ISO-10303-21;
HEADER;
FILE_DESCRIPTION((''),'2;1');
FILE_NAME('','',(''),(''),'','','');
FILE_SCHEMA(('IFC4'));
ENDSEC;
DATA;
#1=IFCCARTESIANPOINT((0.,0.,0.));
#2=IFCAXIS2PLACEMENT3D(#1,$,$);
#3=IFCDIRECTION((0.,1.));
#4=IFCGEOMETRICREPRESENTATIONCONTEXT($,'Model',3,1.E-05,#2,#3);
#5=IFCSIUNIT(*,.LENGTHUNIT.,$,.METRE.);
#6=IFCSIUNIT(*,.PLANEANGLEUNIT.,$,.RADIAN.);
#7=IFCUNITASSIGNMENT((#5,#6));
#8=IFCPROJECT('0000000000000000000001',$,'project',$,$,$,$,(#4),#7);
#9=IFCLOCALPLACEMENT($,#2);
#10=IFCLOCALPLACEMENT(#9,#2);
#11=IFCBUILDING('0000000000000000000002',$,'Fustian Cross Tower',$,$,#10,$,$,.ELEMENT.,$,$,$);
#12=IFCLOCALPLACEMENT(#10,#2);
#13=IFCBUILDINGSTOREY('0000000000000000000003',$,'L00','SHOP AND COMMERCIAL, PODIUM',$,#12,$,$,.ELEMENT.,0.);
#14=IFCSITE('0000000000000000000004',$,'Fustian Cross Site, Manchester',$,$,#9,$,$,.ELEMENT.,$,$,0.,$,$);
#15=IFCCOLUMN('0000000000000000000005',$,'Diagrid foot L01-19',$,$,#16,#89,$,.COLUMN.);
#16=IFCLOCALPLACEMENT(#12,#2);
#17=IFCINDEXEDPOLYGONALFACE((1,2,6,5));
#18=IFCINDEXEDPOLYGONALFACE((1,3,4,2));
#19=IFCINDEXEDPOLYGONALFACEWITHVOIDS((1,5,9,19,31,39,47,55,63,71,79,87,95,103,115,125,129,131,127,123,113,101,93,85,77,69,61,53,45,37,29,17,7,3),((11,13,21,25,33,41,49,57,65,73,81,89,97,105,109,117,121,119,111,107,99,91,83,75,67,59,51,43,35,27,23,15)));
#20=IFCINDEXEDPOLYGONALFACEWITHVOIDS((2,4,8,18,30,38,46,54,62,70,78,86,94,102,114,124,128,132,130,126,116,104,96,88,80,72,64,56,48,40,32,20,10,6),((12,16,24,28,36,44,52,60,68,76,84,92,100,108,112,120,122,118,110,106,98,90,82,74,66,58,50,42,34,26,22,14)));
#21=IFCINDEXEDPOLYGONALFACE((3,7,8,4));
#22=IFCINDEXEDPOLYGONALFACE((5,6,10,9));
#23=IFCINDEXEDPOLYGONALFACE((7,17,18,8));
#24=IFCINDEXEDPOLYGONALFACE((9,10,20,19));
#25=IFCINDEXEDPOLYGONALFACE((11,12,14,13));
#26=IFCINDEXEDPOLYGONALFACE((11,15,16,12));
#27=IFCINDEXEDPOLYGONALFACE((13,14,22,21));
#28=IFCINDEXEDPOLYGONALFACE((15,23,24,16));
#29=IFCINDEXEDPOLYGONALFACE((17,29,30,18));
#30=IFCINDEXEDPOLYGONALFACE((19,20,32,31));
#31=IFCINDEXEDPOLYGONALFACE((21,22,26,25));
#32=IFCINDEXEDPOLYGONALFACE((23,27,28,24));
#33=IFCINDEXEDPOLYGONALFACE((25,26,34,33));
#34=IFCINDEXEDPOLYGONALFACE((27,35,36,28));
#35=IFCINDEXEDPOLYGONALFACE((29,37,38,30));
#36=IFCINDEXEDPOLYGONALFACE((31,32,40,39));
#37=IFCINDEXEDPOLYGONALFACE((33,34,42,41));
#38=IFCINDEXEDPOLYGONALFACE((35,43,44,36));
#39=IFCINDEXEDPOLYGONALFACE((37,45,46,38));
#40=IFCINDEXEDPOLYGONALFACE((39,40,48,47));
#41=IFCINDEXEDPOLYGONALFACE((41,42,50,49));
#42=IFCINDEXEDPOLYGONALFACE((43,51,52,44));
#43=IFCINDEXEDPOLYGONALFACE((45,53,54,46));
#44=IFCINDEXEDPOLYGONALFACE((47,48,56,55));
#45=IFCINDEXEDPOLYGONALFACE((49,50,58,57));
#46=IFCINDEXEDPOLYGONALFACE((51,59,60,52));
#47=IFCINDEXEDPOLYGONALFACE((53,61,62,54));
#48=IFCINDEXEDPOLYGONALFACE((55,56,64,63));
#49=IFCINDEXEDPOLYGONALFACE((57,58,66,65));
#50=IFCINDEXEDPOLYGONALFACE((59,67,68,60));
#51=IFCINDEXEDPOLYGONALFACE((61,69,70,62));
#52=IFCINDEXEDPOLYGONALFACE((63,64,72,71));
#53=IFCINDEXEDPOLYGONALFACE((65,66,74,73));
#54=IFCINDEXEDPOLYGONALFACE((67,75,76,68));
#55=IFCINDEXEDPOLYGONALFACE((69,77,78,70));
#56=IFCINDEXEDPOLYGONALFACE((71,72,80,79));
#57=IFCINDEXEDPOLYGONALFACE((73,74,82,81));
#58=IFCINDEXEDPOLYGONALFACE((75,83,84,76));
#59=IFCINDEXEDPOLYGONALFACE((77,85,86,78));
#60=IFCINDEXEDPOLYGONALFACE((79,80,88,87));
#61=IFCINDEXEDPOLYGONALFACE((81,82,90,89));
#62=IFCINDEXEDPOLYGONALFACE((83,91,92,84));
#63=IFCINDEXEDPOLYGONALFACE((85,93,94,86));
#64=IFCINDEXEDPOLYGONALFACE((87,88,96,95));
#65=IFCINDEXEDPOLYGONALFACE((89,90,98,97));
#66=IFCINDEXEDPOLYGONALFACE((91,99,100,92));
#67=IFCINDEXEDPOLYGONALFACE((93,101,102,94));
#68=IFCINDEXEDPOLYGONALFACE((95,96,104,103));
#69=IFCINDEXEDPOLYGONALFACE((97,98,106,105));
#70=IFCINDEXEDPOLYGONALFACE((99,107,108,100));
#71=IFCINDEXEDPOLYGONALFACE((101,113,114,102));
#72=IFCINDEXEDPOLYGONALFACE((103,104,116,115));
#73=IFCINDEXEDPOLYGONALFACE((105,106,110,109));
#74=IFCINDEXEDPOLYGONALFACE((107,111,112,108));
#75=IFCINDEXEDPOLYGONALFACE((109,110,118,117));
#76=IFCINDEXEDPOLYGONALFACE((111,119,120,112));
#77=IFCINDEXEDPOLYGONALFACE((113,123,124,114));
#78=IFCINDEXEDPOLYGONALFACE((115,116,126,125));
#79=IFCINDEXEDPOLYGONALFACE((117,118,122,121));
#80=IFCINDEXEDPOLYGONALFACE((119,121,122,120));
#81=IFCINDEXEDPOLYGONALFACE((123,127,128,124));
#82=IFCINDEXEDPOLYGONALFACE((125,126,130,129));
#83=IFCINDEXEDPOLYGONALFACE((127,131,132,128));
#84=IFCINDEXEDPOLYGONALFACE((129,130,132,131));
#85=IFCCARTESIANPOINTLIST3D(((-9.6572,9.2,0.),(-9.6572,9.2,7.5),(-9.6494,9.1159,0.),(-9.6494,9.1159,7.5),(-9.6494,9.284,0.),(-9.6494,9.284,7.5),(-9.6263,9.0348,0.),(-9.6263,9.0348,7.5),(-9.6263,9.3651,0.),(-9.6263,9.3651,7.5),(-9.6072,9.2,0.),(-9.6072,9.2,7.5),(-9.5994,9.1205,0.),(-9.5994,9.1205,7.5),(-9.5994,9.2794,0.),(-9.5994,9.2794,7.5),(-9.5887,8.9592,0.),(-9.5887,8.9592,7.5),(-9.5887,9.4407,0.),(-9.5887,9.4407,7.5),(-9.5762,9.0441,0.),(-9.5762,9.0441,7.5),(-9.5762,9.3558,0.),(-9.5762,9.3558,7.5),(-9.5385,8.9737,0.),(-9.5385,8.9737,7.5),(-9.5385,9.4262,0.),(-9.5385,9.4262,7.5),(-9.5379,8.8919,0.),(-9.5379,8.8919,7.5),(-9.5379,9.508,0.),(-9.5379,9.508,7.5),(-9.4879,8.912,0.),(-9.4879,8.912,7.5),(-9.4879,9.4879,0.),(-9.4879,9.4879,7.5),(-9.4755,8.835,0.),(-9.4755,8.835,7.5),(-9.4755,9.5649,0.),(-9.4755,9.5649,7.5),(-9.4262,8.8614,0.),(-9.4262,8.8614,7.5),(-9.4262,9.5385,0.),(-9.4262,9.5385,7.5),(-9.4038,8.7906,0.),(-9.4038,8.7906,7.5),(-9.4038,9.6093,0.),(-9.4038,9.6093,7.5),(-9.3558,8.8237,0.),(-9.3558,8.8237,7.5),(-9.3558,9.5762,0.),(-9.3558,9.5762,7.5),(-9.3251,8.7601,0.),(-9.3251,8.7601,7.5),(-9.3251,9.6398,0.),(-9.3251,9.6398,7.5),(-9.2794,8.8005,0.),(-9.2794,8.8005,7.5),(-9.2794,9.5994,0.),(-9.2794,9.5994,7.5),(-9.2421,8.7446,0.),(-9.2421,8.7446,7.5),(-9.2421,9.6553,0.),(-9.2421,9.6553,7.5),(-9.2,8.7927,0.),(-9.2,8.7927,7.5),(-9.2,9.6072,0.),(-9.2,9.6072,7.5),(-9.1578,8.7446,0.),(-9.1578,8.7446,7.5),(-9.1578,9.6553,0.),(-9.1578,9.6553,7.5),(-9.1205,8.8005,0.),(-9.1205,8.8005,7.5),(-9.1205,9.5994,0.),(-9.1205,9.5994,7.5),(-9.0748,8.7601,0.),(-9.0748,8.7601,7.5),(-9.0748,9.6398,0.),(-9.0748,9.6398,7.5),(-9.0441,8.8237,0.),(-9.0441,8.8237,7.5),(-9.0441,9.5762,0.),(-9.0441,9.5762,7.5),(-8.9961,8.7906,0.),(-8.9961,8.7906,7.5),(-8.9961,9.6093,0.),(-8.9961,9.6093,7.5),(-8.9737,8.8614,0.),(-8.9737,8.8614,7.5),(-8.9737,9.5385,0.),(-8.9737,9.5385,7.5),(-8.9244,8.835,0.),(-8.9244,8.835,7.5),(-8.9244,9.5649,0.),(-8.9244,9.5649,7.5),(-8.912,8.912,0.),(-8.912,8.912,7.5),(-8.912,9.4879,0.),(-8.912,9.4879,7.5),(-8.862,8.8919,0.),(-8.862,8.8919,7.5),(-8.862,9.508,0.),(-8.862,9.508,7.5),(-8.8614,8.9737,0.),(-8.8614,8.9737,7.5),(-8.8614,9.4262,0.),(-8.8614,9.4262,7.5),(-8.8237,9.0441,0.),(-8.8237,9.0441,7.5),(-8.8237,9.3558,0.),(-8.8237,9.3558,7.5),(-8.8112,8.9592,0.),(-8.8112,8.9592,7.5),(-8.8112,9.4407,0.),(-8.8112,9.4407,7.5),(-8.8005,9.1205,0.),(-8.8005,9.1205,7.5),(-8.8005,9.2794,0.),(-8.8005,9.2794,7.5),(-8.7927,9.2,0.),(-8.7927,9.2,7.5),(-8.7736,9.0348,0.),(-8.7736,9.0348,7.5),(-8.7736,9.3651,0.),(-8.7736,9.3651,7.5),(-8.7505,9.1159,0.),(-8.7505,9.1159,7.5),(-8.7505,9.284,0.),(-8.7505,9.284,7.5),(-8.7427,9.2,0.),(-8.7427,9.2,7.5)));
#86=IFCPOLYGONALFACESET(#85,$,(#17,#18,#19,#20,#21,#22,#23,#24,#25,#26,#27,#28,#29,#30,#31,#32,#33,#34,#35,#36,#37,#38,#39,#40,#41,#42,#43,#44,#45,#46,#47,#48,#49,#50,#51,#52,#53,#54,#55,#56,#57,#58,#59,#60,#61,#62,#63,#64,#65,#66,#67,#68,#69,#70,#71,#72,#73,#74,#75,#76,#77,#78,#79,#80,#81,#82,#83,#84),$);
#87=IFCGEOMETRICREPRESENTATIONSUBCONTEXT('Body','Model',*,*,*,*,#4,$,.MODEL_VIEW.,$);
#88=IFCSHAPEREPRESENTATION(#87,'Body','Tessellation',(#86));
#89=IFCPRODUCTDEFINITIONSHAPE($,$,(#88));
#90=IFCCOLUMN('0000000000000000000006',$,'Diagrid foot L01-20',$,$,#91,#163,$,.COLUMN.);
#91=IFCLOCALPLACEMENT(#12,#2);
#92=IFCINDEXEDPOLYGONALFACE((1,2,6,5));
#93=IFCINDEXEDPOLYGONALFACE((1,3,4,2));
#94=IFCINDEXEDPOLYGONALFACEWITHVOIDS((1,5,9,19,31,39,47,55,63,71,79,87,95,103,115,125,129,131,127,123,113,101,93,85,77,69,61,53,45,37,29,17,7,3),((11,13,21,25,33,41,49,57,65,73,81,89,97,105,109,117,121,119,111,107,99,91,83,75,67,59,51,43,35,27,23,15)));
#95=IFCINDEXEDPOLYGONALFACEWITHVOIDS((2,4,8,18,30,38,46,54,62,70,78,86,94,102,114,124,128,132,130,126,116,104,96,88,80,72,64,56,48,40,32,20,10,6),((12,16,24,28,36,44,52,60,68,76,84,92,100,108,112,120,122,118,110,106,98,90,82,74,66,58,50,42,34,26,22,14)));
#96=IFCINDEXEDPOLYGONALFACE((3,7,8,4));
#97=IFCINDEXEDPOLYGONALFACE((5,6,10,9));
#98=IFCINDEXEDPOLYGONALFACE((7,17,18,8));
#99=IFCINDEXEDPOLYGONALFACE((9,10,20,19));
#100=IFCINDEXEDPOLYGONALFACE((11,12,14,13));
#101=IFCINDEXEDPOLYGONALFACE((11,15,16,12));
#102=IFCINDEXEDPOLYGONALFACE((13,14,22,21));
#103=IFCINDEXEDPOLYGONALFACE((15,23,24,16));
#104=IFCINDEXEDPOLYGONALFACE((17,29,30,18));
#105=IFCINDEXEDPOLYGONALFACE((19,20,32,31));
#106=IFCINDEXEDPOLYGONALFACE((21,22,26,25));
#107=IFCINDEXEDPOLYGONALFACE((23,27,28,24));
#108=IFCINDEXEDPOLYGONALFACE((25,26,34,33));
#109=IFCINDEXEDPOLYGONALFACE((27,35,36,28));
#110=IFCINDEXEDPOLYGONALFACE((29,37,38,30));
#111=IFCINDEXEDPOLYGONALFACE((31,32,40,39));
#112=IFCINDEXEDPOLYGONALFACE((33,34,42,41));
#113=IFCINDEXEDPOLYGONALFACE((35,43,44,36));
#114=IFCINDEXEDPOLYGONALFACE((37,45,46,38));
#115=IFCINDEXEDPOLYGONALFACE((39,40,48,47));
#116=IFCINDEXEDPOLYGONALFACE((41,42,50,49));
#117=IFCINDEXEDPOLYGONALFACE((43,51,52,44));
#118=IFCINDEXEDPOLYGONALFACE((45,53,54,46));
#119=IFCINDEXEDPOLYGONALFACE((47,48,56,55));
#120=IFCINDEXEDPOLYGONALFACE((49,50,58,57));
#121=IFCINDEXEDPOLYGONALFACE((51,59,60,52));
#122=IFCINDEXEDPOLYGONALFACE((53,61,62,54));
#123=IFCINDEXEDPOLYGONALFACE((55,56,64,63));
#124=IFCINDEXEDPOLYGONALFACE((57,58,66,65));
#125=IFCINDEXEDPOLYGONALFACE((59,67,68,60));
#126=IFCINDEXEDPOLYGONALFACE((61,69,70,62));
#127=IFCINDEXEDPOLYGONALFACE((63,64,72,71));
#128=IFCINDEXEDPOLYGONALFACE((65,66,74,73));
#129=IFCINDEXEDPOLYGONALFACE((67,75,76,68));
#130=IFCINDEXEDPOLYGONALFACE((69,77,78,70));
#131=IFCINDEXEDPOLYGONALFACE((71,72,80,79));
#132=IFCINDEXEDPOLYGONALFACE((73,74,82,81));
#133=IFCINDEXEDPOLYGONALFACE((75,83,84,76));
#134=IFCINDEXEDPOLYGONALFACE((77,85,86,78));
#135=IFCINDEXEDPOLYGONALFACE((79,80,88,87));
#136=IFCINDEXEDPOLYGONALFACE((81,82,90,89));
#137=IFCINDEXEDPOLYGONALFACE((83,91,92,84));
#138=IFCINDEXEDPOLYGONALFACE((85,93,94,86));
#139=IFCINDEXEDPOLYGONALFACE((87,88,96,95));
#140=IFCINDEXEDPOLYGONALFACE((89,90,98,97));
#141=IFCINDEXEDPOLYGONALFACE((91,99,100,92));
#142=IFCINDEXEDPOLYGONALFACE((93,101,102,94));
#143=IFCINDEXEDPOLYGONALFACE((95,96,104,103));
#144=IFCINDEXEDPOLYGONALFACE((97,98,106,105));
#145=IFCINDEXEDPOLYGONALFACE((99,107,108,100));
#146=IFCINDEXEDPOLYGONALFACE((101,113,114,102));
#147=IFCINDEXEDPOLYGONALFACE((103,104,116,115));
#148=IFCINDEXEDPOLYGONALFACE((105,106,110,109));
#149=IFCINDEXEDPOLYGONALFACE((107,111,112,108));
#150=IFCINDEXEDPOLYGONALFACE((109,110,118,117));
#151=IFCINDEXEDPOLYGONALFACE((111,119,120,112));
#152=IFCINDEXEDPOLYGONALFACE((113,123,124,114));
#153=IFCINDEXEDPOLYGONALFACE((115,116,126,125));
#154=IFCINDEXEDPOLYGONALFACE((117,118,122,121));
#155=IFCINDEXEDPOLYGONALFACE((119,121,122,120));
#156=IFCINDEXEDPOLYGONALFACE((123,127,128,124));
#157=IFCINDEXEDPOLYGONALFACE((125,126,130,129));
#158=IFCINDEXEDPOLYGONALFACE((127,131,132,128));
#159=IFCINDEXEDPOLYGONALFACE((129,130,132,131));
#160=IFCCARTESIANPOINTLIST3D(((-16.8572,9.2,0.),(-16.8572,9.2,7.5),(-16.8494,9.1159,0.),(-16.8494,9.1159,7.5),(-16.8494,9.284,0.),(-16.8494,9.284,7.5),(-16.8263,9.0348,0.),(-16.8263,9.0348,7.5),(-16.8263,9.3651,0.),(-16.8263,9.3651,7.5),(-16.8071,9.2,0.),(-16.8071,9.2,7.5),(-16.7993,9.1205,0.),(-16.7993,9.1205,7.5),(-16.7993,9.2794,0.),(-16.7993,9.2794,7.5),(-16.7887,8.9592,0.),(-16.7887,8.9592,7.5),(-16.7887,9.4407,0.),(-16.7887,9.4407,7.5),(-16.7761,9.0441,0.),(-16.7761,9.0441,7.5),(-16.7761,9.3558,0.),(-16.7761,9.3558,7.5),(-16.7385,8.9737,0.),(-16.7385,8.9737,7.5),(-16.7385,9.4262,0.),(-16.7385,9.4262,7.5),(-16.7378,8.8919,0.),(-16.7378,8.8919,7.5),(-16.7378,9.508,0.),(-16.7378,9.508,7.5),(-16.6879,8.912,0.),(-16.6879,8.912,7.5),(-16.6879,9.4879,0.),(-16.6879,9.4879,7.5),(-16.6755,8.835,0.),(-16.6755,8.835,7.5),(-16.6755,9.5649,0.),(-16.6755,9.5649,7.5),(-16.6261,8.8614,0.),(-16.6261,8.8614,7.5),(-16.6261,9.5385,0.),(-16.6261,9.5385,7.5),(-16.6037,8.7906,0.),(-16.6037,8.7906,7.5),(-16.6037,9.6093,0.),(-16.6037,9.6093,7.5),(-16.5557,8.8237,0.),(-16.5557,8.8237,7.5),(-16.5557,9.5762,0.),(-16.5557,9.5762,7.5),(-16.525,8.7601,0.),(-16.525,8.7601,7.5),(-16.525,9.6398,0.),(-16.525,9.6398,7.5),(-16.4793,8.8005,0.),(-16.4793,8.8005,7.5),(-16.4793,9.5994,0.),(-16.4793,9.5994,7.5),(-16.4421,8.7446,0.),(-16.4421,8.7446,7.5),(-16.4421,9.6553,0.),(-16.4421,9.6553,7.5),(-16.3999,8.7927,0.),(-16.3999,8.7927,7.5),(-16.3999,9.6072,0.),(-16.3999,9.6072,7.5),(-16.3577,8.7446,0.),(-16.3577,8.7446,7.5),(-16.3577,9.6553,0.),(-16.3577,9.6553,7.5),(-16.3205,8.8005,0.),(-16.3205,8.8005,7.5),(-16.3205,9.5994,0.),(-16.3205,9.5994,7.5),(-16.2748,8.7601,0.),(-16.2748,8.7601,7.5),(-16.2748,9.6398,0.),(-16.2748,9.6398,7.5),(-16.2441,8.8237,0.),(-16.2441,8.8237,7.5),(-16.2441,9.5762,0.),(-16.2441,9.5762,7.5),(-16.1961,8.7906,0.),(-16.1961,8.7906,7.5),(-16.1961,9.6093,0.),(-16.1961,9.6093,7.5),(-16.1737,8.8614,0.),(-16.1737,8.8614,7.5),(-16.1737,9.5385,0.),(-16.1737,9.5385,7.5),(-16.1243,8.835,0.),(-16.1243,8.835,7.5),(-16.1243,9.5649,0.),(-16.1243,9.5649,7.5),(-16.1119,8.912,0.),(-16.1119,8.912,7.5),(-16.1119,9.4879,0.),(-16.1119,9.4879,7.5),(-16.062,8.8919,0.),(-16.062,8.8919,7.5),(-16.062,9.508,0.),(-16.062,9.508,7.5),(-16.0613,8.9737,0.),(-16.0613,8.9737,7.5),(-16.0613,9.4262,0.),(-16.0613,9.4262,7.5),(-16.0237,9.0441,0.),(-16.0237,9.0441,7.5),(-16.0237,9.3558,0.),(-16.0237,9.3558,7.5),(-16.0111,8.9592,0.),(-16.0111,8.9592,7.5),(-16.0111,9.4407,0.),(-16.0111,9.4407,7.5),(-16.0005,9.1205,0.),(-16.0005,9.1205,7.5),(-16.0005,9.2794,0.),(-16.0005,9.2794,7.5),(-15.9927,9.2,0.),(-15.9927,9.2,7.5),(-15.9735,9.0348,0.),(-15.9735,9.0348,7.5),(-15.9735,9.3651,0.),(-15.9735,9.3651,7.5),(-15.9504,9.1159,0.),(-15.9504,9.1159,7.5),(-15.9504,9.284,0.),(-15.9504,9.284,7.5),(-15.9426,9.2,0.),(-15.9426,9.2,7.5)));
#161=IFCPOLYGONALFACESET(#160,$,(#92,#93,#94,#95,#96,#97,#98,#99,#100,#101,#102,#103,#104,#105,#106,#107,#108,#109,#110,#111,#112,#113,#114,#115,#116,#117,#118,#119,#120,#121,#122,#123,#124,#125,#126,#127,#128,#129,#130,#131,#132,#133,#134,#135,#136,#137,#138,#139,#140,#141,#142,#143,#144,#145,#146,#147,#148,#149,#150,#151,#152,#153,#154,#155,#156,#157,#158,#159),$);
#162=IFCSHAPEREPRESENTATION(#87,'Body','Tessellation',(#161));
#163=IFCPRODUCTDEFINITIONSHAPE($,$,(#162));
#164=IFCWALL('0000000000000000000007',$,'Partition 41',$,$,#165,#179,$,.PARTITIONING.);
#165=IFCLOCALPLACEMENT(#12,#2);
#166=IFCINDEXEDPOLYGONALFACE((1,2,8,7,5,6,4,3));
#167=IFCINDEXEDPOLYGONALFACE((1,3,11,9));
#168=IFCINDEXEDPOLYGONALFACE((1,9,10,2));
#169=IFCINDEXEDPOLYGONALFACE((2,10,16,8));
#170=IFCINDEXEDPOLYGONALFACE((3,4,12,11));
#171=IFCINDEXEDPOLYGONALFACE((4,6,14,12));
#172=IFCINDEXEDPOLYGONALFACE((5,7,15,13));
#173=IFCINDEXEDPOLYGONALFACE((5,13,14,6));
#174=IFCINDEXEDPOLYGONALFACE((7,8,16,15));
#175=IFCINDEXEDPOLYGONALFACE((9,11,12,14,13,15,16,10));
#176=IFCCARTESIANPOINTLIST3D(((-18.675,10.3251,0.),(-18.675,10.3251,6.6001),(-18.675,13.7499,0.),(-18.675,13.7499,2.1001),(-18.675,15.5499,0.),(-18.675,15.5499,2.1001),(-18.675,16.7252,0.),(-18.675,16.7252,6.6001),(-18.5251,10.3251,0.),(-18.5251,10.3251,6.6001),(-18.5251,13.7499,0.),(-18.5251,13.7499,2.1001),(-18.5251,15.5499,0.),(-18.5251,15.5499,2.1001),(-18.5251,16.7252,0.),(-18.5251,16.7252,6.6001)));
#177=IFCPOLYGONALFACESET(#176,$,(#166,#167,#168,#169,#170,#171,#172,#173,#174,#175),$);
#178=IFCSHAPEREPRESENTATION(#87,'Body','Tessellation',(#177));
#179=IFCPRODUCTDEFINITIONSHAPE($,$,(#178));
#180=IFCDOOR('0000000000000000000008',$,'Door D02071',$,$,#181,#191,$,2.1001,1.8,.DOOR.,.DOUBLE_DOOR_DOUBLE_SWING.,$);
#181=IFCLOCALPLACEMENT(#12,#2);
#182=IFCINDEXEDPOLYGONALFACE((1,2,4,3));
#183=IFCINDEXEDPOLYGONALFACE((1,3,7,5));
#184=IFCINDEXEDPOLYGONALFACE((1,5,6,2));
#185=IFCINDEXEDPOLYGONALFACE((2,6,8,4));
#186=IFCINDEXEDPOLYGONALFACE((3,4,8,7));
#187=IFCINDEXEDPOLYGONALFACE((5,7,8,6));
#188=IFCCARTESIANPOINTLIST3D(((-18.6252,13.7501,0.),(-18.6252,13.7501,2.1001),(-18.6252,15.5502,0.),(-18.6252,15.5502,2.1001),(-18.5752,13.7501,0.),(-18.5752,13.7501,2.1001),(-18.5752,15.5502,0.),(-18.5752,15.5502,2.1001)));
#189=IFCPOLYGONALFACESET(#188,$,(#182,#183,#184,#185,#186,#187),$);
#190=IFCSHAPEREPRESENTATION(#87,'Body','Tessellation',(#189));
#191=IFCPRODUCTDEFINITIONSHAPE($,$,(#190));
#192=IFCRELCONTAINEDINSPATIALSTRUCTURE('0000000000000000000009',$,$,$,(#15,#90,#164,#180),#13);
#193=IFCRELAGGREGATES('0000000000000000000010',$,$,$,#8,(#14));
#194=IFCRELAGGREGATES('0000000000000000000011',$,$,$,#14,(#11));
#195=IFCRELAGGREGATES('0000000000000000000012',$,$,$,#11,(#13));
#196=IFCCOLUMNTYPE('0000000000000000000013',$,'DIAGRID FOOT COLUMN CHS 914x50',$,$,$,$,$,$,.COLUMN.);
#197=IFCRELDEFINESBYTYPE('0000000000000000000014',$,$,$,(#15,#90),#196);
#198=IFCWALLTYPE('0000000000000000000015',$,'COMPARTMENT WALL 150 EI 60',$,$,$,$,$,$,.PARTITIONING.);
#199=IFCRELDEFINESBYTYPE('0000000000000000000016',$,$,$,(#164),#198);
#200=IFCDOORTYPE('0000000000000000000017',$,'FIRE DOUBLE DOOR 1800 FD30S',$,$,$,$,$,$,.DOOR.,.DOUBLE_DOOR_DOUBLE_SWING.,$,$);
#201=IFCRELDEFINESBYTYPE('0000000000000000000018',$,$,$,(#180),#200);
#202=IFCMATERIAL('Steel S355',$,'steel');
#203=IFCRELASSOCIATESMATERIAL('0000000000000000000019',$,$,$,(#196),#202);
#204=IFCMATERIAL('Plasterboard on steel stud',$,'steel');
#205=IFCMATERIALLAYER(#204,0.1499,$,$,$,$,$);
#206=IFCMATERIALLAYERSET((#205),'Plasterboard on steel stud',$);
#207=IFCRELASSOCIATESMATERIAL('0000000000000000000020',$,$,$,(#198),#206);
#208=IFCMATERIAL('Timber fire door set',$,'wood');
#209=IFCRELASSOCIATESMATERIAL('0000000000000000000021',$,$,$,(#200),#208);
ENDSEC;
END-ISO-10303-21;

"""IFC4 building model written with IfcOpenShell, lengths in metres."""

from ifc_helpers import new_model, si_unit, direction, frame, frame_2d, origin, origin_2d, place, context, subcontext, project, spatial, rectangle, hollow_circle, extrude, material, layer, layer_set, material_profile, profile_set, type_object, element, fill, save


model = new_model("IFC4")

# Units and contexts
model_context = context("Model", 3, precision=1e-05, world=origin(), true_north=direction((0.0, 1.0)))
body_context = subcontext(model_context, "Body", "Model", "MODEL_VIEW")
ifc_project = project(units=[si_unit("LENGTHUNIT", "METRE"), si_unit("PLANEANGLEUNIT", "RADIAN")], contexts=[model_context])

# Site, building, storey
site_placement = place(None, origin())
site = spatial("IfcSite", under=ifc_project, at=site_placement, Name="Fustian Cross Site, Manchester", CompositionType="ELEMENT", RefElevation=0.0)
building_placement = place(site_placement, origin())
building = spatial("IfcBuilding", under=site, at=building_placement, Name="Fustian Cross Tower", CompositionType="ELEMENT")
storey_placement = place(building_placement, origin())
storey = spatial("IfcBuildingStorey", under=building, at=storey_placement, Name="L00", Description="SHOP AND COMMERCIAL, PODIUM", CompositionType="ELEMENT", Elevation=0.0)

# Columns
ifc_material_1 = material(Name="Steel S355", Category="steel")
ifc_material_profile_1 = material_profile(ifc_material_1, hollow_circle(Radius=0.4573, WallThickness=0.05, at=origin_2d()), Name="CHS 914x50")
ifc_profile_set_1 = profile_set([ifc_material_profile_1], Name="Steel S355")
column_type_1 = type_object("IfcColumnType", Name="DIAGRID FOOT COLUMN CHS 914x50", PredefinedType="COLUMN", material=ifc_profile_set_1)
for number, where, z_axis, x_axis, name in (
    (1, (-9.2, 9.2, 0.0), (0.0, 0.0, 1.0), (1.0, 0.0, 0.0), "Diagrid foot L01-19"),
    (2, (-16.3999, 9.2, 0.0), (0.0, 0.0, 1.0), (1.0, 0.0, 0.0), "Diagrid foot L01-20"),
):
    element("IfcColumn", number, at=place(storey_placement, frame(where, z_axis=z_axis, x_axis=x_axis)), inside=storey, type_object=column_type_1, Name=name, PredefinedType="COLUMN", context=body_context, shape_type="SweptSolid", body=[
        extrude(hollow_circle(Radius=0.4573, WallThickness=0.05, at=origin_2d()), origin(), (0.0, 0.0, 1.0), 7.5),
    ])

# Wall, opening, door
ifc_material_2 = material(Name="Plasterboard on steel stud", Category="steel")
ifc_layer = layer(ifc_material_2, 0.1499)
ifc_layer_set = layer_set([ifc_layer], Name="Plasterboard on steel stud")
wall_type = type_object("IfcWallType", Name="COMPARTMENT WALL 150 EI 60", PredefinedType="PARTITIONING", material=ifc_layer_set)
wall_1_placement = place(storey_placement, frame((-18.6001, 10.325, 0.0), z_axis=(0.0, 0.0, 1.0), x_axis=(0.0, 1.0, 0.0)))
wall_1 = element("IfcWall", 3, at=wall_1_placement, inside=storey, type_object=wall_type, Name="Partition 41", PredefinedType="PARTITIONING", context=body_context, shape_type="SweptSolid", body=[
    extrude(rectangle(XDim=6.4001, YDim=0.1499, at=frame_2d((3.2002, 0.0))), origin(), (0.0, 0.0, 1.0), 6.6001),
])
opening_1_placement = place(wall_1_placement, frame((3.425, 0.0, 0.0)))
opening_1 = element("IfcOpeningElement", 4, at=opening_1_placement, cuts=wall_1, PredefinedType="OPENING", context=body_context, shape_type="SweptSolid", body=[
    extrude(rectangle(XDim=1.8, YDim=2.1001, at=frame_2d((0.8999, 1.05))), frame((0.0, 0.085, 0.0), z_axis=(0.0, -1.0, 0.0), x_axis=(1.0, 0.0, 0.0)), (0.0, 0.0, 1.0), 0.1699),
])
ifc_material_3 = material(Name="Timber fire door set", Category="wood")
door_type = type_object("IfcDoorType", Name="FIRE DOUBLE DOOR 1800 FD30S", OperationType="DOUBLE_DOOR_DOUBLE_SWING", PredefinedType="DOOR", material=ifc_material_3)
door_1_placement = place(opening_1_placement, frame((1.8, 0.0, 0.0), z_axis=(0.0, 0.0, 1.0), x_axis=(-1.0, 0.0, 0.0)))
door_1 = element("IfcDoor", 5, at=door_1_placement, inside=storey, type_object=door_type, Name="Door D02071", OperationType="DOUBLE_DOOR_DOUBLE_SWING", OverallHeight=2.1001, OverallWidth=1.8, PredefinedType="DOOR", context=body_context, shape_type="SweptSolid", body=[
    extrude(rectangle(XDim=1.8, YDim=2.1001, at=frame_2d((0.8999, 1.05))), frame((0.0, 0.0249, 0.0), z_axis=(0.0, -1.0, 0.0), x_axis=(1.0, 0.0, 0.0)), (0.0, 0.0, 1.0), 0.05),
])
fill(opening_1, door_1)

save(model, "model.ifc")
